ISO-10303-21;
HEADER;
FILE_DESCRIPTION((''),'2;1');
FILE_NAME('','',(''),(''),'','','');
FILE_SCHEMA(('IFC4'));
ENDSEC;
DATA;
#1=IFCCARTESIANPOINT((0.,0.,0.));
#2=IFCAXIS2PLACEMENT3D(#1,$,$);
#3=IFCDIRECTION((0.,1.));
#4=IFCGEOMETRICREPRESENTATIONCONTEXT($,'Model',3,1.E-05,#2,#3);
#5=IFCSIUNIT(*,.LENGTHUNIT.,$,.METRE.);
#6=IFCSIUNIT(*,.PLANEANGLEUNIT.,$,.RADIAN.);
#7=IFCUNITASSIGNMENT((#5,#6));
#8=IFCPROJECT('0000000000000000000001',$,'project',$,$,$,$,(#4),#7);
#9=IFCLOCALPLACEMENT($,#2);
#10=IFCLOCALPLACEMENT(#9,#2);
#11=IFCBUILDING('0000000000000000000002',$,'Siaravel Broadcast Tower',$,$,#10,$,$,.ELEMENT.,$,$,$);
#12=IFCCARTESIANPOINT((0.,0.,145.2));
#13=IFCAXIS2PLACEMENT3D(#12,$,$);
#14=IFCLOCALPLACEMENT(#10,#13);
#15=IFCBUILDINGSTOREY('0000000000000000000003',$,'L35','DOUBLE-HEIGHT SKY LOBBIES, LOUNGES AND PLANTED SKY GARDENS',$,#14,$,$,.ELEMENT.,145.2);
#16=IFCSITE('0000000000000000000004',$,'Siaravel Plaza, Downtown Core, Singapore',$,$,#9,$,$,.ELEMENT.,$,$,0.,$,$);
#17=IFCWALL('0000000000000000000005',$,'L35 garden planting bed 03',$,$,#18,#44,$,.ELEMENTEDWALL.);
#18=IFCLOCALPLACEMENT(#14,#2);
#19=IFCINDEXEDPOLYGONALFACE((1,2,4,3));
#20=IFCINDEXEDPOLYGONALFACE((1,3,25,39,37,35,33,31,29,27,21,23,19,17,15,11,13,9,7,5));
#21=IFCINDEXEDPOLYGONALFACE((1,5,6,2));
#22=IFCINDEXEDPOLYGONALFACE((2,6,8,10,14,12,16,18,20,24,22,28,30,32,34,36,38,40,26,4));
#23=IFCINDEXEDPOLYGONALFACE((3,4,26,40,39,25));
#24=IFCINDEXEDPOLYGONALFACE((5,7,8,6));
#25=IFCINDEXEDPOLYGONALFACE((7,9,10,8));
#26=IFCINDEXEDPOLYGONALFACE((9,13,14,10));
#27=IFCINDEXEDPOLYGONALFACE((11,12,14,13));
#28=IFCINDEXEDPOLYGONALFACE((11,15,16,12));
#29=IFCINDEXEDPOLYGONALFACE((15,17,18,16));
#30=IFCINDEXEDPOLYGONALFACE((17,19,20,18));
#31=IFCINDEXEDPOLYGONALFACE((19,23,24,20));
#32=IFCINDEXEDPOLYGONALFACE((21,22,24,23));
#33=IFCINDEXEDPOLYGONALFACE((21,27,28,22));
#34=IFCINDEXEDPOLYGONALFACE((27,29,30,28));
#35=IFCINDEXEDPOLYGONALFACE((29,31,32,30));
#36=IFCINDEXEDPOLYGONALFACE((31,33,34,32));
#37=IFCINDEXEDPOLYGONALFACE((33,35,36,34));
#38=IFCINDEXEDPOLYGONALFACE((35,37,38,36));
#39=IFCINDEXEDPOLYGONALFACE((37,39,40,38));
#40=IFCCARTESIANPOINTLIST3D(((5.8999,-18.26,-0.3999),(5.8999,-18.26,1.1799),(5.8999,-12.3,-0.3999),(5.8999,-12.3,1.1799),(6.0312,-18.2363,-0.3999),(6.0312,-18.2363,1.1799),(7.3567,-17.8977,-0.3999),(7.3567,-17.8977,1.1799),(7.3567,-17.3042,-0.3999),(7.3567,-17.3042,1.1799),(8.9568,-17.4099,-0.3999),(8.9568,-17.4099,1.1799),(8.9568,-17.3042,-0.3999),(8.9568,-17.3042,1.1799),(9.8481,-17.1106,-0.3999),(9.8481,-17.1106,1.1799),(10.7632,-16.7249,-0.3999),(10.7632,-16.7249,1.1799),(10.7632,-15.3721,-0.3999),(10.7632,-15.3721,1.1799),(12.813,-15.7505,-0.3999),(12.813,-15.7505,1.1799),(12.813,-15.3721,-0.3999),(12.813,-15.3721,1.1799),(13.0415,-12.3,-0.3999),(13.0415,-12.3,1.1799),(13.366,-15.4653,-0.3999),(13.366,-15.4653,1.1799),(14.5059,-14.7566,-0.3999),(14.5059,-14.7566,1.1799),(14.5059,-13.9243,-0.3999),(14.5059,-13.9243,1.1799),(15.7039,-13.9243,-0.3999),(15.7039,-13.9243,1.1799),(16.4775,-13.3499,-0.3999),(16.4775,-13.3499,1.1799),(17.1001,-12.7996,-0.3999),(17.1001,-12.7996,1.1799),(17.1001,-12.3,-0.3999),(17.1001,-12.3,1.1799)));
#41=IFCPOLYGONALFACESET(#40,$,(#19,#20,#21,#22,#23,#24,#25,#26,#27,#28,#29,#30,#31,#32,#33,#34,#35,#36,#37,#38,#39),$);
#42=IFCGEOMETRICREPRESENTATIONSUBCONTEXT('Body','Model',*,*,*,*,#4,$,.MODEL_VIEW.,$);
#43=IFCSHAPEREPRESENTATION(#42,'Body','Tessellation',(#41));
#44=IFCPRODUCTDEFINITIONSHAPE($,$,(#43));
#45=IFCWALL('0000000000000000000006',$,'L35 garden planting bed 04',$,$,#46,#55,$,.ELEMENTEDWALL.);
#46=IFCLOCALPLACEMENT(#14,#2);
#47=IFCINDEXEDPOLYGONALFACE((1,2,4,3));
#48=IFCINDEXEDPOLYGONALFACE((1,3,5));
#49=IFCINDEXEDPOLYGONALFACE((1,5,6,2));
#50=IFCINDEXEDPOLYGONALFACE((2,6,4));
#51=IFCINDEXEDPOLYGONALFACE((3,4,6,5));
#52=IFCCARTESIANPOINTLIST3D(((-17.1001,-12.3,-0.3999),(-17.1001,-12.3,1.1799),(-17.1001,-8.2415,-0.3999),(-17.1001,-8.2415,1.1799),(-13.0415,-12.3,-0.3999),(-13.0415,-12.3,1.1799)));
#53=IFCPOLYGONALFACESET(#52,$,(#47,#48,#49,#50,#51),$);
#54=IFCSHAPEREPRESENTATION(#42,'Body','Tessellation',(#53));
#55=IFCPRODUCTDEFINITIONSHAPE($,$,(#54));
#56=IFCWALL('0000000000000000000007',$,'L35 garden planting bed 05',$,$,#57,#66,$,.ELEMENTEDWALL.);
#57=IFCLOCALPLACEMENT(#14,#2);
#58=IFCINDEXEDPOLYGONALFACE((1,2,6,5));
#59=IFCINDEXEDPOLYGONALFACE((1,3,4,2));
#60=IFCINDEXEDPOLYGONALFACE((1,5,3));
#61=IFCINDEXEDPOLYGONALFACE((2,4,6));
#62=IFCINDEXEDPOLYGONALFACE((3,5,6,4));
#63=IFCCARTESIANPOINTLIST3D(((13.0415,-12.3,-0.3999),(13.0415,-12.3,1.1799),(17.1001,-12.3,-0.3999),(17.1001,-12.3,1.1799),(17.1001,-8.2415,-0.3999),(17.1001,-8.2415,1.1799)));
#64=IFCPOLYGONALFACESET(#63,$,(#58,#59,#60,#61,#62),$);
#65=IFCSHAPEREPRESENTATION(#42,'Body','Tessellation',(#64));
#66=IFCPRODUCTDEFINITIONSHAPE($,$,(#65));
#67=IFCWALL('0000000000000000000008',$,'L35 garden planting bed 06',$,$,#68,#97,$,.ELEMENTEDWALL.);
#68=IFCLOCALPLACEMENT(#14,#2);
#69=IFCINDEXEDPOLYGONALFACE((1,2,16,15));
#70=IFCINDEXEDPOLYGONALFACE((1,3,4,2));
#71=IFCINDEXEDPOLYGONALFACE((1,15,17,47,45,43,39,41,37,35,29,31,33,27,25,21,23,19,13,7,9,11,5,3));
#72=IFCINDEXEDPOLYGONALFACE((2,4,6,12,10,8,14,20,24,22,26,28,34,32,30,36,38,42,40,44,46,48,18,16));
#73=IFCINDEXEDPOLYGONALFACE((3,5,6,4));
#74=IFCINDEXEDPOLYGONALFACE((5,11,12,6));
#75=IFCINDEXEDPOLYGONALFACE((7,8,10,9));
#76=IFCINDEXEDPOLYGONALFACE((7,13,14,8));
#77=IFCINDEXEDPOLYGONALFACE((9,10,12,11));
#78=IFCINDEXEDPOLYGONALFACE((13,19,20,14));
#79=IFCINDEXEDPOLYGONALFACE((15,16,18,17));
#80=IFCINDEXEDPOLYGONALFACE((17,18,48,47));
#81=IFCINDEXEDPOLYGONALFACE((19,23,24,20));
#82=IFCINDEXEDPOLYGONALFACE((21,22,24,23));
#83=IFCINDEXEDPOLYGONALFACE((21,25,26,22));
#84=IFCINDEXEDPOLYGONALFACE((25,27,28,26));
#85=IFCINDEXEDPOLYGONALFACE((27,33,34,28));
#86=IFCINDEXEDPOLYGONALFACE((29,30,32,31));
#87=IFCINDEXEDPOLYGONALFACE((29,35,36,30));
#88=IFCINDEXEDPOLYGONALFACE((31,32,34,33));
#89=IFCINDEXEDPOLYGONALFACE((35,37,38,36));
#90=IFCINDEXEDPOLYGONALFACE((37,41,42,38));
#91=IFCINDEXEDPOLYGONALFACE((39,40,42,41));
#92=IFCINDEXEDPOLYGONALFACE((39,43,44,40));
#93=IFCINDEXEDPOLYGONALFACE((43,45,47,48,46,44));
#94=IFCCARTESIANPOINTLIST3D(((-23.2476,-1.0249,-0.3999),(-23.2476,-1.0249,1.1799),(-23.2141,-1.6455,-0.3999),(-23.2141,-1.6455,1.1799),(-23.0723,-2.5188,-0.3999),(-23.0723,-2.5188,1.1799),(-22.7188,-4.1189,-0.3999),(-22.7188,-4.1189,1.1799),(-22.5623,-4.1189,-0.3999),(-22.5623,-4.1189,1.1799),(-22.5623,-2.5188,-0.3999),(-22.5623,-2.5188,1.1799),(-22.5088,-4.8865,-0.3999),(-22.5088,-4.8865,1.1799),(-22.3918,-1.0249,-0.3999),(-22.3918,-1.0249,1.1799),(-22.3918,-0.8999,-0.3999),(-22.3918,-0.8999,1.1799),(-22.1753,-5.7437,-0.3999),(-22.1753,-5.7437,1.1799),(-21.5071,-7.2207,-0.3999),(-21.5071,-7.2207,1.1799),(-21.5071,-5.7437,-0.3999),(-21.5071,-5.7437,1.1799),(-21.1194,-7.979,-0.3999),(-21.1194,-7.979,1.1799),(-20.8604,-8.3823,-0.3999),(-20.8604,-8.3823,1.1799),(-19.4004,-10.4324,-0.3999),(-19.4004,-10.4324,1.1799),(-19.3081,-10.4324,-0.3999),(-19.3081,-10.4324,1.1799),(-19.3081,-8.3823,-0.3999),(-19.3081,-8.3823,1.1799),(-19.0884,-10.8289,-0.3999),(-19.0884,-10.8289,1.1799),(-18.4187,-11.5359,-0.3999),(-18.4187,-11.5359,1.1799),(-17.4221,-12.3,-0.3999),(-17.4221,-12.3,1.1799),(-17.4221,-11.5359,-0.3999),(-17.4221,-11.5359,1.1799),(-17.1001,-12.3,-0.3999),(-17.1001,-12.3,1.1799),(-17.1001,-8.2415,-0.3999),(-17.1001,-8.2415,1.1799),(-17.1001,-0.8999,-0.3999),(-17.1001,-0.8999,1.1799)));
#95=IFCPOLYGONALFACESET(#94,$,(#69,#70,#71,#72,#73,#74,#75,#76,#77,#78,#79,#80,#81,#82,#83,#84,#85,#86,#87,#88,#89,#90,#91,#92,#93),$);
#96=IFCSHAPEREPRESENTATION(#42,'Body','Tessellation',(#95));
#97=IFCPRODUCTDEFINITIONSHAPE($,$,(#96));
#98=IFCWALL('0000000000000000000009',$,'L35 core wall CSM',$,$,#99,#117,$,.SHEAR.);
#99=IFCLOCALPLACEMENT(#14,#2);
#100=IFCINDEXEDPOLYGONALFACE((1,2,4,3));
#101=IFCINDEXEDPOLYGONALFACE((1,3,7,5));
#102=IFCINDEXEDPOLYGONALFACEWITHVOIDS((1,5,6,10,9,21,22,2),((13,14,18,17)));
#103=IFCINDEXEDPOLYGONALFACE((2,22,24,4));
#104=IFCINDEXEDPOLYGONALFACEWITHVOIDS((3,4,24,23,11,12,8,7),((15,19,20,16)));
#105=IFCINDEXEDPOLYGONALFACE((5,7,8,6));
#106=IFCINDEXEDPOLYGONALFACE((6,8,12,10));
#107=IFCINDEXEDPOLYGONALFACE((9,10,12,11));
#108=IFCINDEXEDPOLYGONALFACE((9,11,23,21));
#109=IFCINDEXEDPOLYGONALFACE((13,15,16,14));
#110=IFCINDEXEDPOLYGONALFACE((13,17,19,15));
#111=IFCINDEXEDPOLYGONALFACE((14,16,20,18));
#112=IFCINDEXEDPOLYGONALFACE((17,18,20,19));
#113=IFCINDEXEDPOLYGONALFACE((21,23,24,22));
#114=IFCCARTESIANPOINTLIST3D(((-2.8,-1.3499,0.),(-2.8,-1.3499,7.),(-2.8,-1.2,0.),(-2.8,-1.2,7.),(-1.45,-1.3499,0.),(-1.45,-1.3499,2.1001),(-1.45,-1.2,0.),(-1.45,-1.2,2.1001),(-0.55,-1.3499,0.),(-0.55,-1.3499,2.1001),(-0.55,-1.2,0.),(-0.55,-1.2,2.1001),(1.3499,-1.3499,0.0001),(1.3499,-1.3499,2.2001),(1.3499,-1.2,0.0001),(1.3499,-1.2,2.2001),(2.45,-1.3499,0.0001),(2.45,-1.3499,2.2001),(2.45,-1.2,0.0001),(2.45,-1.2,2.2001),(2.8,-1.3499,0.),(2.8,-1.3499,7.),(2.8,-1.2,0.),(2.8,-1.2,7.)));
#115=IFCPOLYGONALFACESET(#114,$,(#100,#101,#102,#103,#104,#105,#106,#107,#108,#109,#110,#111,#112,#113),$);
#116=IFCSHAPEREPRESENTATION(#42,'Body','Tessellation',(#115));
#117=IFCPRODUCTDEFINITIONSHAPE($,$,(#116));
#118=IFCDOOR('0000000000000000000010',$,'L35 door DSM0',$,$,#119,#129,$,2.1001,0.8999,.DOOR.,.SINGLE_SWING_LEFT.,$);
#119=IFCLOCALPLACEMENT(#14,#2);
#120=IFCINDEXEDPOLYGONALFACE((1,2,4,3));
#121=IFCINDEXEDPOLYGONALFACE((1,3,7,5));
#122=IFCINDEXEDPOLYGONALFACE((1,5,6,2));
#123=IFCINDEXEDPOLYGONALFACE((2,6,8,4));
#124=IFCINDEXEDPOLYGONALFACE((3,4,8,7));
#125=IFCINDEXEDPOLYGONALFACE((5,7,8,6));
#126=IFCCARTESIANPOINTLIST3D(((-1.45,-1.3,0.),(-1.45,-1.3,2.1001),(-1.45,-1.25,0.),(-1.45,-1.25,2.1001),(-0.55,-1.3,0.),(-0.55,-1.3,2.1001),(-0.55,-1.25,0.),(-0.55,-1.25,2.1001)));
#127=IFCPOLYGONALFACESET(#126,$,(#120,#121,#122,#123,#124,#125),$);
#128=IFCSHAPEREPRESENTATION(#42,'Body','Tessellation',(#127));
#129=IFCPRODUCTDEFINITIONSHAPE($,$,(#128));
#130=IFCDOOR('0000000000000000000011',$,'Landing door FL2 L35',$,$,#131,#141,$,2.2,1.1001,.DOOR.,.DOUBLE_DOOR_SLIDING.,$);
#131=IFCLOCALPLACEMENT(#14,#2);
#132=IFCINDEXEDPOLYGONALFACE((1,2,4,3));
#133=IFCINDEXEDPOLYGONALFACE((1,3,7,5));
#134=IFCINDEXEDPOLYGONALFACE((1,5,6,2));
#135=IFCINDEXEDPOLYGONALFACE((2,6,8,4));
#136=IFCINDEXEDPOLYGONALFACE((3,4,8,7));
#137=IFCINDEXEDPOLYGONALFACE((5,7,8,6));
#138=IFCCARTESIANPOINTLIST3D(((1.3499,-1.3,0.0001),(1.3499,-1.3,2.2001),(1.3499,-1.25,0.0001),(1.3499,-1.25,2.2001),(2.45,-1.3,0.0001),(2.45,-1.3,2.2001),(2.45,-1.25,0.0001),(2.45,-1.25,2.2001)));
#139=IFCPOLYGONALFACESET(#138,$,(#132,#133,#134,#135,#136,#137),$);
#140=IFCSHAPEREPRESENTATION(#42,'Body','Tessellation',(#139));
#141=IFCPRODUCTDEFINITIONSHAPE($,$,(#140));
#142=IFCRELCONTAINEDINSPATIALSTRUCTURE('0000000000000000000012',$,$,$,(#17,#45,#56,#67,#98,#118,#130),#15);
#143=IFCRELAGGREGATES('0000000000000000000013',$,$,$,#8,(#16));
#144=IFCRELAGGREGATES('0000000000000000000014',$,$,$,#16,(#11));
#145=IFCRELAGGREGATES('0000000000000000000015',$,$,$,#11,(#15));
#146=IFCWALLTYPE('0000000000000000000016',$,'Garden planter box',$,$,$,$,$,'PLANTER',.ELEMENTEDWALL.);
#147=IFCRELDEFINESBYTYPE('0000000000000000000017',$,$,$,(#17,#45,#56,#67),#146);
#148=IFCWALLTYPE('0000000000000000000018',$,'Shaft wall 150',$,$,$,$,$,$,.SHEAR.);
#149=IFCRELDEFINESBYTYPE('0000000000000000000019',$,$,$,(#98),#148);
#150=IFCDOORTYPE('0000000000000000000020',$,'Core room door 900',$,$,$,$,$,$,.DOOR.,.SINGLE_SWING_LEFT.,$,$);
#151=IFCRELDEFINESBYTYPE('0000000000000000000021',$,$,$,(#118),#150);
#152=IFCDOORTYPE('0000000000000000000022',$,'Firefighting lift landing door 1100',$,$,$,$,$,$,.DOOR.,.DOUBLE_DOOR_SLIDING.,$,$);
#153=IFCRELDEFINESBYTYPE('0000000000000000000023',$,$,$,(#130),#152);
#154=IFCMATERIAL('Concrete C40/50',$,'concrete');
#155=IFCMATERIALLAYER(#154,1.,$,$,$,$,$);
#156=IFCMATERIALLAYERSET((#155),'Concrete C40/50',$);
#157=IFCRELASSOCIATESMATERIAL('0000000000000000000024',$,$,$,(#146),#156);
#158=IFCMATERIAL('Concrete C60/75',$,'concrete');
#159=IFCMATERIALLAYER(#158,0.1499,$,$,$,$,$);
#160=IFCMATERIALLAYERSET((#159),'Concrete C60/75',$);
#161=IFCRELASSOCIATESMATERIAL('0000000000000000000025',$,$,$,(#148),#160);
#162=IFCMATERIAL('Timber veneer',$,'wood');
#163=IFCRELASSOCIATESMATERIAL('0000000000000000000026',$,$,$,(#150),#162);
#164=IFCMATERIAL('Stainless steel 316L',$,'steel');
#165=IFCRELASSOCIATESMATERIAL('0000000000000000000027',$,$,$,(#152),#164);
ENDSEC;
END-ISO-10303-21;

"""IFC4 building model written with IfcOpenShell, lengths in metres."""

from ifc_helpers import new_model, si_unit, direction, frame, frame_2d, origin, place, context, subcontext, project, spatial, polyline, rectangle, outline, extrude, material, layer, layer_set, type_object, element, fill, save


model = new_model("IFC4")

# Units and contexts
model_context = context("Model", 3, precision=1e-05, world=origin(), true_north=direction((0.0, 1.0)))
body_context = subcontext(model_context, "Body", "Model", "MODEL_VIEW")
ifc_project = project(units=[si_unit("LENGTHUNIT", "METRE"), si_unit("PLANEANGLEUNIT", "RADIAN")], contexts=[model_context])

# Site, building, storey
site_placement = place(None, origin())
site = spatial("IfcSite", under=ifc_project, at=site_placement, Name="Siaravel Plaza, Downtown Core, Singapore", CompositionType="ELEMENT", RefElevation=0.0)
building_placement = place(site_placement, origin())
building = spatial("IfcBuilding", under=site, at=building_placement, Name="Siaravel Broadcast Tower", CompositionType="ELEMENT")
storey_placement = place(building_placement, frame((0.0, 0.0, 145.2)))
storey = spatial("IfcBuildingStorey", under=building, at=storey_placement, Name="L35", Description="DOUBLE-HEIGHT SKY LOBBIES, LOUNGES AND PLANTED SKY GARDENS", CompositionType="ELEMENT", Elevation=145.2)

# Shared definitions
ifc_material_1 = material(Name="Concrete C60/75", Category="concrete")

# Shared definitions
ifc_material_2 = material(Name="Concrete C40/50", Category="concrete")

# Walls
ifc_layer_1 = layer(ifc_material_2, 1.0)
ifc_layer_set_1 = layer_set([ifc_layer_1], Name="Concrete C40/50")
wall_type_1 = type_object("IfcWallType", Name="Garden planter box", ElementType="PLANTER", PredefinedType="ELEMENTEDWALL", material=ifc_layer_set_1)
wall_1_placement = place(storey_placement, frame((0.0, 0.0, -0.3999)))
element("IfcWall", 1, at=wall_1_placement, inside=storey, type_object=wall_type_1, Name="L35 garden planting bed 03", PredefinedType="ELEMENTEDWALL", context=body_context, shape_type="SweptSolid", body=[
    extrude(outline(polyline([(17.1001, -12.7996), (17.1001, -12.3), (13.0415, -12.3), (5.8999, -12.3), (5.8999, -18.26), (6.0312, -18.2363), (7.3567, -17.8977), (7.3567, -17.3042), (8.9568, -17.3042), (8.9568, -17.4099), (9.8481, -17.1106), (10.7632, -16.7249), (10.7632, -15.3721), (12.813, -15.3721), (12.813, -15.7505), (13.366, -15.4653), (14.5059, -14.7566), (14.5059, -13.9243), (15.7039, -13.9243), (16.4775, -13.3499), (17.1001, -12.7996)])), origin(), (0.0, 0.0, 1.0), 1.5798),
])
wall_2_placement = place(storey_placement, frame((0.0, 0.0, -0.3999)))
element("IfcWall", 2, at=wall_2_placement, inside=storey, type_object=wall_type_1, Name="L35 garden planting bed 04", PredefinedType="ELEMENTEDWALL", context=body_context, shape_type="SweptSolid", body=[
    extrude(outline(polyline([(-17.1001, -8.2415), (-17.1001, -12.3), (-13.0415, -12.3), (-17.1001, -8.2415)])), origin(), (0.0, 0.0, 1.0), 1.5798),
])
wall_3_placement = place(storey_placement, frame((0.0, 0.0, -0.3999)))
element("IfcWall", 3, at=wall_3_placement, inside=storey, type_object=wall_type_1, Name="L35 garden planting bed 05", PredefinedType="ELEMENTEDWALL", context=body_context, shape_type="SweptSolid", body=[
    extrude(outline(polyline([(13.0415, -12.3), (17.1001, -12.3), (17.1001, -8.2415), (13.0415, -12.3)])), origin(), (0.0, 0.0, 1.0), 1.5798),
])
wall_4_placement = place(storey_placement, frame((0.0, 0.0, -0.3999)))
element("IfcWall", 4, at=wall_4_placement, inside=storey, type_object=wall_type_1, Name="L35 garden planting bed 06", PredefinedType="ELEMENTEDWALL", context=body_context, shape_type="SweptSolid", body=[
    extrude(outline(polyline([(-17.4221, -12.3), (-17.1001, -12.3), (-17.1001, -8.2415), (-17.1001, -0.8999), (-22.3918, -0.8999), (-22.3918, -1.0249), (-23.2476, -1.0249), (-23.2141, -1.6455), (-23.0723, -2.5188), (-22.5623, -2.5188), (-22.5623, -4.1189), (-22.7188, -4.1189), (-22.5088, -4.8865), (-22.1753, -5.7437), (-21.5071, -5.7437), (-21.5071, -7.2207), (-21.1194, -7.979), (-20.8604, -8.3823), (-19.3081, -8.3823), (-19.3081, -10.4324), (-19.4004, -10.4324), (-19.0884, -10.8289), (-18.4187, -11.5359), (-17.4221, -11.5359), (-17.4221, -12.3)])), origin(), (0.0, 0.0, 1.0), 1.5798),
])

# Wall, openings, doors
ifc_layer_2 = layer(ifc_material_1, 0.1499)
ifc_layer_set_2 = layer_set([ifc_layer_2], Name="Concrete C60/75")
wall_type_2 = type_object("IfcWallType", Name="Shaft wall 150", PredefinedType="SHEAR", material=ifc_layer_set_2)
wall_5_placement = place(storey_placement, frame((-2.8, -1.2749, 0.0), z_axis=(0.0, 0.0, 1.0), x_axis=(1.0, 0.0, 0.0)))
wall_5 = element("IfcWall", 5, at=wall_5_placement, inside=storey, type_object=wall_type_2, Name="L35 core wall CSM", PredefinedType="SHEAR", context=body_context, shape_type="SweptSolid", body=[
    extrude(rectangle(XDim=5.6001, YDim=0.1499, at=frame_2d((2.8, 0.0))), origin(), (0.0, 0.0, 1.0), 7.0),
])
opening_1_placement = place(wall_5_placement, frame((4.1499, 0.0, 0.0)))
opening_1 = element("IfcOpeningElement", 6, at=opening_1_placement, cuts=wall_5, PredefinedType="OPENING", context=body_context, shape_type="SweptSolid", body=[
    extrude(rectangle(XDim=1.1001, YDim=2.2, at=frame_2d((0.55, 1.1001))), frame((0.0, 0.085, 0.0), z_axis=(0.0, -1.0, 0.0), x_axis=(1.0, 0.0, 0.0)), (0.0, 0.0, 1.0), 0.1699),
])
opening_2_placement = place(wall_5_placement, frame((1.3501, 0.0, 0.0)))
opening_2 = element("IfcOpeningElement", 7, at=opening_2_placement, cuts=wall_5, PredefinedType="OPENING", context=body_context, shape_type="SweptSolid", body=[
    extrude(rectangle(XDim=0.8999, YDim=2.1001, at=frame_2d((0.45, 1.05))), frame((0.0, 0.085, 0.0), z_axis=(0.0, -1.0, 0.0), x_axis=(1.0, 0.0, 0.0)), (0.0, 0.0, 1.0), 0.1699),
])
ifc_material_3 = material(Name="Timber veneer", Category="wood")
door_type_1 = type_object("IfcDoorType", Name="Core room door 900", OperationType="SINGLE_SWING_LEFT", PredefinedType="DOOR", material=ifc_material_3)
door_1_placement = place(opening_2_placement, origin())
door_1 = element("IfcDoor", 8, at=door_1_placement, inside=storey, type_object=door_type_1, Name="L35 door DSM0", OperationType="SINGLE_SWING_LEFT", OverallHeight=2.1001, OverallWidth=0.8999, PredefinedType="DOOR", context=body_context, shape_type="SweptSolid", body=[
    extrude(rectangle(XDim=0.8999, YDim=2.1001, at=frame_2d((0.45, 1.05))), frame((0.0, 0.0249, 0.0), z_axis=(0.0, -1.0, 0.0), x_axis=(1.0, 0.0, 0.0)), (0.0, 0.0, 1.0), 0.05),
])
fill(opening_2, door_1)
ifc_material_4 = material(Name="Stainless steel 316L", Category="steel")
door_type_2 = type_object("IfcDoorType", Name="Firefighting lift landing door 1100", OperationType="DOUBLE_DOOR_SLIDING", PredefinedType="DOOR", material=ifc_material_4)
door_2_placement = place(opening_1_placement, origin())
door_2 = element("IfcDoor", 9, at=door_2_placement, inside=storey, type_object=door_type_2, Name="Landing door FL2 L35", OperationType="DOUBLE_DOOR_SLIDING", OverallHeight=2.2, OverallWidth=1.1001, PredefinedType="DOOR", context=body_context, shape_type="SweptSolid", body=[
    extrude(rectangle(XDim=1.1001, YDim=2.2, at=frame_2d((0.55, 1.1001))), frame((0.0, 0.0249, 0.0), z_axis=(0.0, -1.0, 0.0), x_axis=(1.0, 0.0, 0.0)), (0.0, 0.0, 1.0), 0.05),
])
fill(opening_1, door_2)

save(model, "model.ifc")
